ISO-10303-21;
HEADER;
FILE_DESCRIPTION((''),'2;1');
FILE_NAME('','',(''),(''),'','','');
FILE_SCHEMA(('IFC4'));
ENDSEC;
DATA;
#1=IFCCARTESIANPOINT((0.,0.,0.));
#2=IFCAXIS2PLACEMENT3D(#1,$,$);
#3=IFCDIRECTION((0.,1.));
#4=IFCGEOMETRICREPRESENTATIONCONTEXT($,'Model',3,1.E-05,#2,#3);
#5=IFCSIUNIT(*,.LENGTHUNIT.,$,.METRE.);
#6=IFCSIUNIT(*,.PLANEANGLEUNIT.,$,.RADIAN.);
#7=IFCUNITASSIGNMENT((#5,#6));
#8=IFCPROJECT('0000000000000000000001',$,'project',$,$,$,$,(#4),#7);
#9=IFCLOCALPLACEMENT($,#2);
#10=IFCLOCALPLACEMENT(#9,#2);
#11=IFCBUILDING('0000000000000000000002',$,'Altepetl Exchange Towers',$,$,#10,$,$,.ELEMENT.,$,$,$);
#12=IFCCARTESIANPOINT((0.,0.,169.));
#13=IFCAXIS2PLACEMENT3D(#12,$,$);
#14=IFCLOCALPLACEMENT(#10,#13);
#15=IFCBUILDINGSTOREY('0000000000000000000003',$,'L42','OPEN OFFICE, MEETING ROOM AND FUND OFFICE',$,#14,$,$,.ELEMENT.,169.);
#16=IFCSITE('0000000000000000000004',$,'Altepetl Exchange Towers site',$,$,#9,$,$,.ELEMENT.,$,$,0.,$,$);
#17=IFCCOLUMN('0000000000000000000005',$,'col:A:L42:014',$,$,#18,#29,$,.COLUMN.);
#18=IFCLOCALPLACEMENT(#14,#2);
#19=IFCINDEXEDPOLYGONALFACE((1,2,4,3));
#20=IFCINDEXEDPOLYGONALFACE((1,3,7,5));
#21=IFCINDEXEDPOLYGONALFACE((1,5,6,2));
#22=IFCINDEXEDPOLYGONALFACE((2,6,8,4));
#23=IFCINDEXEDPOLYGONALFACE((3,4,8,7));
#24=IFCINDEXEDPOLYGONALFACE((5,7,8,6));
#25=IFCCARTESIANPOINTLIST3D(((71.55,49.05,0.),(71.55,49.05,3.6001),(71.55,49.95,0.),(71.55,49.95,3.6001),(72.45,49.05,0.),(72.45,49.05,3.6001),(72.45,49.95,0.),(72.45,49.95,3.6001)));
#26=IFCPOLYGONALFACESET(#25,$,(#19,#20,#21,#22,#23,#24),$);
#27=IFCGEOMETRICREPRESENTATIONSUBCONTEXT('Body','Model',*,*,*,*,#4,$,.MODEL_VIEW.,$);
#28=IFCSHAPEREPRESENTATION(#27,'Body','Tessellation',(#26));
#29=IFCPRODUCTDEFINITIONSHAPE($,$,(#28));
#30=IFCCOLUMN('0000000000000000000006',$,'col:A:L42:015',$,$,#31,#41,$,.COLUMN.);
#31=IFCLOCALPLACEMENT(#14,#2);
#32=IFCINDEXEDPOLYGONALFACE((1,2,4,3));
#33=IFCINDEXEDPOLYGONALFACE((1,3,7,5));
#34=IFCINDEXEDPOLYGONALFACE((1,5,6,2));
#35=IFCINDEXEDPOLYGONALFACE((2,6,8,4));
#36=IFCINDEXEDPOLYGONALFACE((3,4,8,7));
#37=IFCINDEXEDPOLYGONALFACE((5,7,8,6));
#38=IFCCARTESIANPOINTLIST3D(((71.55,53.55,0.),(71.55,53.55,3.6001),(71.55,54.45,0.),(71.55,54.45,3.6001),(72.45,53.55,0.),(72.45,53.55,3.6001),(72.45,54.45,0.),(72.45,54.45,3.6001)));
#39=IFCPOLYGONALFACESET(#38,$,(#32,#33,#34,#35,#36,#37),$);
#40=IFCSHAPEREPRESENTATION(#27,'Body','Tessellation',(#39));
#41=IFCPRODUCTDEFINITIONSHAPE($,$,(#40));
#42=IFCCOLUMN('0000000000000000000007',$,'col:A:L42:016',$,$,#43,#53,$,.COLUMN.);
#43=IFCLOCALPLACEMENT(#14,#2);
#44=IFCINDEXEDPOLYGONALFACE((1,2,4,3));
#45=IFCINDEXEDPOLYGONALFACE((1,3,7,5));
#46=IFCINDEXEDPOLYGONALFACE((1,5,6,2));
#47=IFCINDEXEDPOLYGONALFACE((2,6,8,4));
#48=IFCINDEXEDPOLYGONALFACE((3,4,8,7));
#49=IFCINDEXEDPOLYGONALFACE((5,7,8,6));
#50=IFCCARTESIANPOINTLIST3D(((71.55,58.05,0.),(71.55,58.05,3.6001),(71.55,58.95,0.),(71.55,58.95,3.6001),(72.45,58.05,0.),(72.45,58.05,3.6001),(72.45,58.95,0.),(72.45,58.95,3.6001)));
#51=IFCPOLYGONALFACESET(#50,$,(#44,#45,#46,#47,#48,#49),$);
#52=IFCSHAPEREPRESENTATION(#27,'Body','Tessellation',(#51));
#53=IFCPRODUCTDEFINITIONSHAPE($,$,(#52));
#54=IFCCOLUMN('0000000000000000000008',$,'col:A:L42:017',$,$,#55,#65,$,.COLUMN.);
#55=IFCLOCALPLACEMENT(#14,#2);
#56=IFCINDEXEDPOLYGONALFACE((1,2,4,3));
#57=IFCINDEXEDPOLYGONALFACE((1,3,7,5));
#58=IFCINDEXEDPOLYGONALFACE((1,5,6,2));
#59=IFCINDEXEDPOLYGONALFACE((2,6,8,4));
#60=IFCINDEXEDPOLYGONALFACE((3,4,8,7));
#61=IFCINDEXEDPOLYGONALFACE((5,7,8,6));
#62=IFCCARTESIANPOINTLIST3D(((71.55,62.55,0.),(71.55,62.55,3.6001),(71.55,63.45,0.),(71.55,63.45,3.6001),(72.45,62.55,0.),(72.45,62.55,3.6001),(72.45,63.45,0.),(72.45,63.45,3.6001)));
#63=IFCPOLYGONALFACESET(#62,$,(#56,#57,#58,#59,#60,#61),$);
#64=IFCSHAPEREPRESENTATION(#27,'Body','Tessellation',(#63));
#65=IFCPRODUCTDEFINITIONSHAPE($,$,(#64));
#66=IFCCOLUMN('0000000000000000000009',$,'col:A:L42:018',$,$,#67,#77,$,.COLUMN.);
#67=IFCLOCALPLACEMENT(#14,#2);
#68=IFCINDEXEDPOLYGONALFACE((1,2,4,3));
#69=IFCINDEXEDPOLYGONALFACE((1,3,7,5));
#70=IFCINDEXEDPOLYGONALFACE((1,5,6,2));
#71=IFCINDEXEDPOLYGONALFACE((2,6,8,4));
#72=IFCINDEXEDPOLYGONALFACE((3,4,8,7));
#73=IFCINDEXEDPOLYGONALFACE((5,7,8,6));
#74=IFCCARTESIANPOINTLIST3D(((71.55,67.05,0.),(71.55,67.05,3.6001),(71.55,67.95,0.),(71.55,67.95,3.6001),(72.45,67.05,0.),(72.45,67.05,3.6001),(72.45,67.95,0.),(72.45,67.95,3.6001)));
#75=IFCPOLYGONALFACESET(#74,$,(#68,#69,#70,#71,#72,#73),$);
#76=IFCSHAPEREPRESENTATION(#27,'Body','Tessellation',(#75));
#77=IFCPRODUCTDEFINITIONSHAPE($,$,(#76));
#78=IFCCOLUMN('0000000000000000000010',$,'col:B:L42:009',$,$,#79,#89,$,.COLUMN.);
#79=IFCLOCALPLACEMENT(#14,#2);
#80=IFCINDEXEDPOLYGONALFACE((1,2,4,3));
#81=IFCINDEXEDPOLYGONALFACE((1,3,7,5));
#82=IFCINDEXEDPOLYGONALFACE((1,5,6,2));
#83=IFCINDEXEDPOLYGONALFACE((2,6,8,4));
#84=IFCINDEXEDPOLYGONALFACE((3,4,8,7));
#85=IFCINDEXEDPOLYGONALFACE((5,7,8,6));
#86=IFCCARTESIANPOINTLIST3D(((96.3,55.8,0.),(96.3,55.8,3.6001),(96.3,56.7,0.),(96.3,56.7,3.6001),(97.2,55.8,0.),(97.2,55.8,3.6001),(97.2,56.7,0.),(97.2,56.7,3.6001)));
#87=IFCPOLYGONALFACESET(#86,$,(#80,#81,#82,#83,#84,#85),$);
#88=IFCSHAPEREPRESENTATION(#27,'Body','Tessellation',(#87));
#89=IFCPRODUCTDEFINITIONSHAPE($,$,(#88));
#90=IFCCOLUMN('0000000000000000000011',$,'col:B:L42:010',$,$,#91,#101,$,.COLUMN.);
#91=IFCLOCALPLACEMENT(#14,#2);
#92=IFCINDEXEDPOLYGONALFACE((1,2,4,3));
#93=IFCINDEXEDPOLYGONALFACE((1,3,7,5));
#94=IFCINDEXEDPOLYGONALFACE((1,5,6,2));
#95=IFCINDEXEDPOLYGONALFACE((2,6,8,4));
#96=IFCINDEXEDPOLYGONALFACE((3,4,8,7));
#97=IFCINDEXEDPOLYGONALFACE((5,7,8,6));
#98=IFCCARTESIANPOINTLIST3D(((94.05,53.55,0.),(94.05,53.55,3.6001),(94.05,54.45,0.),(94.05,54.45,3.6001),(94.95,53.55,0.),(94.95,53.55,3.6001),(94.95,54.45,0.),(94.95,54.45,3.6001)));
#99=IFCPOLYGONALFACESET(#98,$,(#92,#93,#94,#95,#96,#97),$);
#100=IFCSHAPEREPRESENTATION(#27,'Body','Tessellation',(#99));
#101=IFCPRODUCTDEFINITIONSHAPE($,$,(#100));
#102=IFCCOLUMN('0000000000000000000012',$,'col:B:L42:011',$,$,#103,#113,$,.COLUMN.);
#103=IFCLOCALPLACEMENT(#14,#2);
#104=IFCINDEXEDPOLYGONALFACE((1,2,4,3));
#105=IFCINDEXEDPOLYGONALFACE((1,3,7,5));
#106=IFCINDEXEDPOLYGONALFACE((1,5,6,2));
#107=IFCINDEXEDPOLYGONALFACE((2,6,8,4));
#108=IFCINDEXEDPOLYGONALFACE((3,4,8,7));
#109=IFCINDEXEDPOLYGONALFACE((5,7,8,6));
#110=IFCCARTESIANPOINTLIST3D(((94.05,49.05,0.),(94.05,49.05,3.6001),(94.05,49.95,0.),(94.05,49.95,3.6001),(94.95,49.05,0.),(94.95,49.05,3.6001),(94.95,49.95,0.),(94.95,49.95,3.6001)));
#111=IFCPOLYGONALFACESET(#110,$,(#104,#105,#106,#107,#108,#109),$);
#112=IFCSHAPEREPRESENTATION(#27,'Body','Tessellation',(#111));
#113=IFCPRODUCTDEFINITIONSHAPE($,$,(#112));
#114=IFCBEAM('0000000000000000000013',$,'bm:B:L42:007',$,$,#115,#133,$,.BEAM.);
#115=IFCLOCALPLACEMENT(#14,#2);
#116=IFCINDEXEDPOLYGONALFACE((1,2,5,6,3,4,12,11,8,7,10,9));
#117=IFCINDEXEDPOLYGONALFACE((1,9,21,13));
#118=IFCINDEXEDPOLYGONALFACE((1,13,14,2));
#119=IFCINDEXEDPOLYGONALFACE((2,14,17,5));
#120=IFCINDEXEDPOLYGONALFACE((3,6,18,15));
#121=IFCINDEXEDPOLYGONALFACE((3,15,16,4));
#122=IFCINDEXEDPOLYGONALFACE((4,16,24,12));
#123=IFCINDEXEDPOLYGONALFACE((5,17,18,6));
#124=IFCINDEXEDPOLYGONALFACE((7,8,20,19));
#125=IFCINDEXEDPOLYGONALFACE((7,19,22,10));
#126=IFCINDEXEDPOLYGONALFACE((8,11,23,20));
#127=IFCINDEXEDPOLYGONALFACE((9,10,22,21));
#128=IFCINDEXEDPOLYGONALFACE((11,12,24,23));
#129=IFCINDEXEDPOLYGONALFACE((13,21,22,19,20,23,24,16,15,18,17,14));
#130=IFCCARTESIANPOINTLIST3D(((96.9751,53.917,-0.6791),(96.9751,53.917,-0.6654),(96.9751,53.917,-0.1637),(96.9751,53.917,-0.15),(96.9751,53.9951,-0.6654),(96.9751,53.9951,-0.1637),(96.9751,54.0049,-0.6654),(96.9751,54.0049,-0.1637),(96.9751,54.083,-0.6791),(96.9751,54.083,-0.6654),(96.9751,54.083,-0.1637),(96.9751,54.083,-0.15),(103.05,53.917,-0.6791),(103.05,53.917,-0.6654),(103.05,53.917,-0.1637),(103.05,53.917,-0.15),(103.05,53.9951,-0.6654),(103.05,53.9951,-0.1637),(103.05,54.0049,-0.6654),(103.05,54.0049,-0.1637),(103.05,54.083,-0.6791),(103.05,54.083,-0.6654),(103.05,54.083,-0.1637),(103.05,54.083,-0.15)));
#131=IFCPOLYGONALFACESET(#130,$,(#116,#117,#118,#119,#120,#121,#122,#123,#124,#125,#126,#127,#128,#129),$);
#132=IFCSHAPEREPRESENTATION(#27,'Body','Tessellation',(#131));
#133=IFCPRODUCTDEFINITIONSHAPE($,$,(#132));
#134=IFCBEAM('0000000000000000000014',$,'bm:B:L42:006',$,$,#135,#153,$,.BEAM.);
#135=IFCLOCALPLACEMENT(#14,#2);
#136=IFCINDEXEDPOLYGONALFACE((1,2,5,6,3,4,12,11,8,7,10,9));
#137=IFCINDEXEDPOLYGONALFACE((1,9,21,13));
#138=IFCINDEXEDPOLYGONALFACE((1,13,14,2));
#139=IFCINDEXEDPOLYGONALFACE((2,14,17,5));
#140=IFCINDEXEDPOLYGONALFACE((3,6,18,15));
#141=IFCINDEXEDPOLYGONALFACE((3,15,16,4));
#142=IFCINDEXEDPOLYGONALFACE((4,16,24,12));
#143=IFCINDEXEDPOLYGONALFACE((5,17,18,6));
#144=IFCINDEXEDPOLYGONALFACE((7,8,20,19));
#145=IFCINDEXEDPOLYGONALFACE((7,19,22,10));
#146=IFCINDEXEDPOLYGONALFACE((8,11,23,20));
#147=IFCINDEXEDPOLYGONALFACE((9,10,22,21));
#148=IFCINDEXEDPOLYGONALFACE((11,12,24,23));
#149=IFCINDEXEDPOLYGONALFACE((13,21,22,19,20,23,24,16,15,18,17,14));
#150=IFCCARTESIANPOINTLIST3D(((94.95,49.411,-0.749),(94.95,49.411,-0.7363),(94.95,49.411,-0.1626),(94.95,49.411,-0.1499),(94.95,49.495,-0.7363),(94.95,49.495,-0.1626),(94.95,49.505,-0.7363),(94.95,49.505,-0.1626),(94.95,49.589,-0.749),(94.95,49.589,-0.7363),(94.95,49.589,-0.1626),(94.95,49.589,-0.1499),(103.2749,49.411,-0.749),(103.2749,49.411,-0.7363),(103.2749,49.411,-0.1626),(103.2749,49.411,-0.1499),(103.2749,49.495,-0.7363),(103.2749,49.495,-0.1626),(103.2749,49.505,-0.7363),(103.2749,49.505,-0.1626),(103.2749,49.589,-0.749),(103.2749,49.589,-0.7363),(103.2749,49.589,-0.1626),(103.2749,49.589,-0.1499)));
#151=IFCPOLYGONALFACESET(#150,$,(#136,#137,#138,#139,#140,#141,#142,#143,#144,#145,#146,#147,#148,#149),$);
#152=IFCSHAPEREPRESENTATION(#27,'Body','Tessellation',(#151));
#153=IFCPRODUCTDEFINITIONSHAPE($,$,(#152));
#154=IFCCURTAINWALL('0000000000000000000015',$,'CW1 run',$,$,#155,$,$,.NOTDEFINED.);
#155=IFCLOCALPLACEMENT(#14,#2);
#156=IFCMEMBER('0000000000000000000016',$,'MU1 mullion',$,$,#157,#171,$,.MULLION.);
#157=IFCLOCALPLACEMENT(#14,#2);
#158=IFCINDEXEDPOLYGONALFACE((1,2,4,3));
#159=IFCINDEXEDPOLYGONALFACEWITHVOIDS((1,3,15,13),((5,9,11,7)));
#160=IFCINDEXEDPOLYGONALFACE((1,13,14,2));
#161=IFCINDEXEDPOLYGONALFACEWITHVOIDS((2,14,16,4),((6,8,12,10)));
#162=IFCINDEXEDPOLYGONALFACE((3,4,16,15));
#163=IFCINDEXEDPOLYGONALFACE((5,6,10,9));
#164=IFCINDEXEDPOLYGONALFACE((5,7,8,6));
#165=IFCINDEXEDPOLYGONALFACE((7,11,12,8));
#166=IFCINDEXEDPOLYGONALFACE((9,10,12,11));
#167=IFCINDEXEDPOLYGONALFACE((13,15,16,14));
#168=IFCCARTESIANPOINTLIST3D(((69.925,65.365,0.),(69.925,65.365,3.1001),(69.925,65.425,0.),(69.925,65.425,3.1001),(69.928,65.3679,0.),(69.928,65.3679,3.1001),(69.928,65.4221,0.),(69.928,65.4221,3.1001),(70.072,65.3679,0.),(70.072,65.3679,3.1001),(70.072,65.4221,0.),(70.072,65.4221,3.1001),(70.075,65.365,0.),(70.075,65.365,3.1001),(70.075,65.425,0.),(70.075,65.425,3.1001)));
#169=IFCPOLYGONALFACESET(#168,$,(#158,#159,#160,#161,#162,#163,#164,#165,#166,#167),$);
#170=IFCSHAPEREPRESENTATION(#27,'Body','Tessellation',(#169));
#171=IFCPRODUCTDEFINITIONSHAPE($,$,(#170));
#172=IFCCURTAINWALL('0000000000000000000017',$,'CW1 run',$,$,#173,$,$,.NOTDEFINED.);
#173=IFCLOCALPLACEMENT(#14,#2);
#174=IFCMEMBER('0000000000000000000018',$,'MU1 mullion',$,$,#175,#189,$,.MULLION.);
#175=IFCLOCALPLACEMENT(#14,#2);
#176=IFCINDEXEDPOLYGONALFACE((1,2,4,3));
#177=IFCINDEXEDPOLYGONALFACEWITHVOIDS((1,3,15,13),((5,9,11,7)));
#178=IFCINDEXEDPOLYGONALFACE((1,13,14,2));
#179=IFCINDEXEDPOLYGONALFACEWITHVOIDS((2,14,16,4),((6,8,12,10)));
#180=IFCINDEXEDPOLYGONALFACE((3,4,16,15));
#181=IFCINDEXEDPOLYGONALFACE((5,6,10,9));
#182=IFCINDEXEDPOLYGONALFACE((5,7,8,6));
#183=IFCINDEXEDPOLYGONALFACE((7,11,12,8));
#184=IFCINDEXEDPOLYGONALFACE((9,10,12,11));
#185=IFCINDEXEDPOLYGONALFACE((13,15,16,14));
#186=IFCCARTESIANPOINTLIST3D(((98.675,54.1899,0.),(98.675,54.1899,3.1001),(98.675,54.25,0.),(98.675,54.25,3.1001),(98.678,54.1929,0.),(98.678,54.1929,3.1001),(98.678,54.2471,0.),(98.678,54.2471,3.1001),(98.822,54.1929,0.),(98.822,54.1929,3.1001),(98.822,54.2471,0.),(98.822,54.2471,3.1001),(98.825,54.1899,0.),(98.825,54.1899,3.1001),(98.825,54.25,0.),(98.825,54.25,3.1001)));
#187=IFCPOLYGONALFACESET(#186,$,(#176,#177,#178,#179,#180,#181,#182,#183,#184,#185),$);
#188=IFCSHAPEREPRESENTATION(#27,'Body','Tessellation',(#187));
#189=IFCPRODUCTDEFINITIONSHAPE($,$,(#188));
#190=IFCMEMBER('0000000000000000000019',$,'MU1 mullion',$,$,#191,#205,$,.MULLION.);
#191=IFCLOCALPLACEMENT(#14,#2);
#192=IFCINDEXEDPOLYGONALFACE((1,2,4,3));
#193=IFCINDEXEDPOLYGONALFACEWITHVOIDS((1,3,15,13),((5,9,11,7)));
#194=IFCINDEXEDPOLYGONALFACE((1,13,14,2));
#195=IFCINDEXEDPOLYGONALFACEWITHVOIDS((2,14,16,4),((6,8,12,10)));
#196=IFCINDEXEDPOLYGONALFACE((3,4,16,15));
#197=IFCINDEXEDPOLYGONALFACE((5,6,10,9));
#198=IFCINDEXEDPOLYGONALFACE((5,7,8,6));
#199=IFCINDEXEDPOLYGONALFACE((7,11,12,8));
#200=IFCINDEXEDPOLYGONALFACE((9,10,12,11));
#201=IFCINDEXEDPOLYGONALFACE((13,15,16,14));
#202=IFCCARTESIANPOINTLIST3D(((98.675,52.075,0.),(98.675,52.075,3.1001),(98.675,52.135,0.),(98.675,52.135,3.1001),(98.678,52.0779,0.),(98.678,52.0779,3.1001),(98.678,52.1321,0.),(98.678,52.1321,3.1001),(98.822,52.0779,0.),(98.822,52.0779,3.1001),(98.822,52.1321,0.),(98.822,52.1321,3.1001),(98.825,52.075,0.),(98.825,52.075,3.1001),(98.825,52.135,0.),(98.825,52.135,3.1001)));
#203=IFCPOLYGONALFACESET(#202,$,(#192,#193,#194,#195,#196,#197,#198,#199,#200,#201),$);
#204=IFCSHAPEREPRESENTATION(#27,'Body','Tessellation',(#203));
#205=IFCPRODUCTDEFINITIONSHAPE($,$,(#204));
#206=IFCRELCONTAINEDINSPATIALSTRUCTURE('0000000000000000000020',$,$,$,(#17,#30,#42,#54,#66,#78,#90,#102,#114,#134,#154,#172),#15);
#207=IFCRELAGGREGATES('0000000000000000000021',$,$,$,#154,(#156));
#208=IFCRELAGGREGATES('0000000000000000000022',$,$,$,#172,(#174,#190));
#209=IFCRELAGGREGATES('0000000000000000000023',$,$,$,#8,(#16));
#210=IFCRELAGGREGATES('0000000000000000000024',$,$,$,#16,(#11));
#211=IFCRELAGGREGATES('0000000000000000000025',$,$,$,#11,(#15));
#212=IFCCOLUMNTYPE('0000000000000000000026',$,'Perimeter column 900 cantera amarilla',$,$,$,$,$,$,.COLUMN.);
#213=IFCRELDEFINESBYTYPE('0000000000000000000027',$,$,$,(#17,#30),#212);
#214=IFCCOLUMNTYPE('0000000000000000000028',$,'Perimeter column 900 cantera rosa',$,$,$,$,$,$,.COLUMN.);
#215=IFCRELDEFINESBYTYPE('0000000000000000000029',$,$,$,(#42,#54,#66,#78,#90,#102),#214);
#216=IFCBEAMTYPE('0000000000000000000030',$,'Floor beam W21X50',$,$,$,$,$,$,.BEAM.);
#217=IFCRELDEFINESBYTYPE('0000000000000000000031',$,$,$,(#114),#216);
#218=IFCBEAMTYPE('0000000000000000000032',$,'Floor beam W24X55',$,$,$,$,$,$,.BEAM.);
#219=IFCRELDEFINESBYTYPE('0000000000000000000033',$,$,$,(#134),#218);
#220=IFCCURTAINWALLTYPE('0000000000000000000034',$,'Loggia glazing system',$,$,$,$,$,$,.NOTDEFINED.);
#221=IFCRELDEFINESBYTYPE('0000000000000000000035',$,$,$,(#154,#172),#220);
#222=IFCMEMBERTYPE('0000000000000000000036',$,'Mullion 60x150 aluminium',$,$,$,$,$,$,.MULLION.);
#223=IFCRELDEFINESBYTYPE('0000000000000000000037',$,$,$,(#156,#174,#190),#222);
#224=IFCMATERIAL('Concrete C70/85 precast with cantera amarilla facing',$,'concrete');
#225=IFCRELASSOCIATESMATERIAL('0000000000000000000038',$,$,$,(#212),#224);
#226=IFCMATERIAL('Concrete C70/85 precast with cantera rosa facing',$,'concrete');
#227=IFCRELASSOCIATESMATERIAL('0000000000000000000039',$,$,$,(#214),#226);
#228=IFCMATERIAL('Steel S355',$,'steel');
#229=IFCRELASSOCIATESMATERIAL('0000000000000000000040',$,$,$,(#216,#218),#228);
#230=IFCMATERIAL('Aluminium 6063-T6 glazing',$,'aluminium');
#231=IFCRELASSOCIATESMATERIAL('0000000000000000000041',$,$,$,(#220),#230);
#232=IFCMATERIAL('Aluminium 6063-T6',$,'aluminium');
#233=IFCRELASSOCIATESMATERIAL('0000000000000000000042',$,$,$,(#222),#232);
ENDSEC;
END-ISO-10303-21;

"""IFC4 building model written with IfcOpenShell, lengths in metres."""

from ifc_helpers import new_model, si_unit, direction, frame, origin, origin_2d, place, context, subcontext, project, spatial, rectangle, hollow_rectangle, i_section, extrude, material, material_profile, profile_set, type_object, element, aggregate, save


model = new_model("IFC4")

# Units and contexts
model_context = context("Model", 3, precision=1e-05, world=origin(), true_north=direction((0.0, 1.0)))
body_context = subcontext(model_context, "Body", "Model", "MODEL_VIEW")
ifc_project = project(units=[si_unit("LENGTHUNIT", "METRE"), si_unit("PLANEANGLEUNIT", "RADIAN")], contexts=[model_context])

# Site, building, storey
site_placement = place(None, origin())
site = spatial("IfcSite", under=ifc_project, at=site_placement, Name="Altepetl Exchange Towers site", CompositionType="ELEMENT", RefElevation=0.0)
building_placement = place(site_placement, origin())
building = spatial("IfcBuilding", under=site, at=building_placement, Name="Altepetl Exchange Towers", CompositionType="ELEMENT")
storey_placement = place(building_placement, frame((0.0, 0.0, 169.0)))
storey = spatial("IfcBuildingStorey", under=building, at=storey_placement, Name="L42", Description="OPEN OFFICE, MEETING ROOM AND FUND OFFICE", CompositionType="ELEMENT", Elevation=169.0)

# Columns
ifc_material_1 = material(Name="Concrete C70/85 precast with cantera amarilla facing", Category="concrete")
ifc_material_profile_1 = material_profile(ifc_material_1, rectangle(XDim=0.8999, YDim=0.8999, at=origin_2d()), Name="900 x 900")
ifc_profile_set_1 = profile_set([ifc_material_profile_1], Name="Concrete C70/85 precast with cantera amarilla facing")
column_type_1 = type_object("IfcColumnType", Name="Perimeter column 900 cantera amarilla", PredefinedType="COLUMN", material=ifc_profile_set_1)
for number, where, name in (
    (1, (72.0, 49.5, 0.0), "col:A:L42:014"),
    (2, (72.0, 54.0, 0.0), "col:A:L42:015"),
):
    element("IfcColumn", number, at=place(storey_placement, frame(where)), inside=storey, type_object=column_type_1, Name=name, PredefinedType="COLUMN", context=body_context, shape_type="SweptSolid", body=[
        extrude(rectangle(XDim=0.8999, YDim=0.8999, at=origin_2d()), origin(), (0.0, 0.0, 1.0), 3.6001),
    ])
ifc_material_2 = material(Name="Concrete C70/85 precast with cantera rosa facing", Category="concrete")
ifc_material_profile_2 = material_profile(ifc_material_2, rectangle(XDim=0.8999, YDim=0.8999, at=origin_2d()), Name="900 x 900")
ifc_profile_set_2 = profile_set([ifc_material_profile_2], Name="Concrete C70/85 precast with cantera rosa facing")
column_type_2 = type_object("IfcColumnType", Name="Perimeter column 900 cantera rosa", PredefinedType="COLUMN", material=ifc_profile_set_2)
for number, where, name in (
    (3, (72.0, 58.5, 0.0), "col:A:L42:016"),
    (4, (72.0, 63.0, 0.0), "col:A:L42:017"),
    (5, (72.0, 67.5, 0.0), "col:A:L42:018"),
    (6, (96.75, 56.25, 0.0), "col:B:L42:009"),
    (7, (94.5, 54.0, 0.0), "col:B:L42:010"),
    (8, (94.5, 49.5, 0.0), "col:B:L42:011"),
):
    element("IfcColumn", number, at=place(storey_placement, frame(where)), inside=storey, type_object=column_type_2, Name=name, PredefinedType="COLUMN", context=body_context, shape_type="SweptSolid", body=[
        extrude(rectangle(XDim=0.8999, YDim=0.8999, at=origin_2d()), origin(), (0.0, 0.0, 1.0), 3.6001),
    ])

# Beams
ifc_material_3 = material(Name="Steel S355", Category="steel")
ifc_material_profile_3 = material_profile(ifc_material_3, i_section(OverallWidth=0.166, OverallDepth=0.5291, WebThickness=0.0098, FlangeThickness=0.0137, at=origin_2d()), Name="W21X50")
ifc_profile_set_3 = profile_set([ifc_material_profile_3], Name="Steel S355")
beam_type_1 = type_object("IfcBeamType", Name="Floor beam W21X50", PredefinedType="BEAM", material=ifc_profile_set_3)
beam_1_placement = place(storey_placement, frame((96.9751, 54.0, -0.4146), z_axis=(1.0, 0.0, 0.0), x_axis=(0.0, 1.0, 0.0)))
element("IfcBeam", 9, at=beam_1_placement, inside=storey, type_object=beam_type_1, Name="bm:B:L42:007", PredefinedType="BEAM", context=body_context, shape_type="SweptSolid", body=[
    extrude(i_section(OverallWidth=0.166, OverallDepth=0.5291, WebThickness=0.0098, FlangeThickness=0.0137, at=origin_2d()), origin(), (0.0, 0.0, 1.0), 6.075),
])
ifc_material_profile_4 = material_profile(ifc_material_3, i_section(OverallWidth=0.178, OverallDepth=0.5991, WebThickness=0.01, FlangeThickness=0.0127, at=origin_2d()), Name="W24X55")
ifc_profile_set_4 = profile_set([ifc_material_profile_4], Name="Steel S355")
beam_type_2 = type_object("IfcBeamType", Name="Floor beam W24X55", PredefinedType="BEAM", material=ifc_profile_set_4)
beam_2_placement = place(storey_placement, frame((94.95, 49.5, -0.4495), z_axis=(1.0, 0.0, 0.0), x_axis=(0.0, 1.0, 0.0)))
element("IfcBeam", 10, at=beam_2_placement, inside=storey, type_object=beam_type_2, Name="bm:B:L42:006", PredefinedType="BEAM", context=body_context, shape_type="SweptSolid", body=[
    extrude(i_section(OverallWidth=0.178, OverallDepth=0.5991, WebThickness=0.01, FlangeThickness=0.0127, at=origin_2d()), origin(), (0.0, 0.0, 1.0), 8.325),
])

# Curtain wall, member
ifc_material_4 = material(Name="Aluminium 6063-T6 glazing", Category="aluminium")
curtain_wall_type = type_object("IfcCurtainWallType", Name="Loggia glazing system", PredefinedType="NOTDEFINED", material=ifc_material_4)
curtain_wall_1_placement = place(storey_placement, origin())
curtain_wall_1 = element("IfcCurtainWall", 11, at=curtain_wall_1_placement, inside=storey, type_object=curtain_wall_type, Name="CW1 run", PredefinedType="NOTDEFINED")
ifc_material_5 = material(Name="Aluminium 6063-T6", Category="aluminium")
ifc_material_profile_5 = material_profile(ifc_material_5, hollow_rectangle(XDim=0.0601, YDim=0.1499, WallThickness=0.0029, at=origin_2d()), Name="Mullion 60x150 aluminium")
ifc_profile_set_5 = profile_set([ifc_material_profile_5], Name="Aluminium 6063-T6")
member_type = type_object("IfcMemberType", Name="Mullion 60x150 aluminium", PredefinedType="MULLION", material=ifc_profile_set_5)
member_1_placement = place(storey_placement, frame((70.0, 65.395, 0.0), z_axis=(0.0, 0.0, 1.0), x_axis=(0.0, 1.0, 0.0)))
member_1 = element("IfcMember", 12, at=member_1_placement, type_object=member_type, Name="MU1 mullion", PredefinedType="MULLION", context=body_context, shape_type="SweptSolid", body=[
    extrude(hollow_rectangle(XDim=0.0601, YDim=0.1499, WallThickness=0.0029, at=origin_2d()), origin(), (0.0, 0.0, 1.0), 3.1001),
])
aggregate(curtain_wall_1, [member_1])

# Curtain wall, members
curtain_wall_2_placement = place(storey_placement, origin())
curtain_wall_2 = element("IfcCurtainWall", 13, at=curtain_wall_2_placement, inside=storey, type_object=curtain_wall_type, Name="CW1 run", PredefinedType="NOTDEFINED")
member_2_placement = place(storey_placement, frame((98.75, 54.22, 0.0), z_axis=(0.0, 0.0, 1.0), x_axis=(0.0, -1.0, 0.0)))
member_2 = element("IfcMember", 14, at=member_2_placement, type_object=member_type, Name="MU1 mullion", PredefinedType="MULLION", context=body_context, shape_type="SweptSolid", body=[
    extrude(hollow_rectangle(XDim=0.0601, YDim=0.1499, WallThickness=0.0029, at=origin_2d()), origin(), (0.0, 0.0, 1.0), 3.1001),
])
member_3_placement = place(storey_placement, frame((98.75, 52.105, 0.0), z_axis=(0.0, 0.0, 1.0), x_axis=(0.0, -1.0, 0.0)))
member_3 = element("IfcMember", 15, at=member_3_placement, type_object=member_type, Name="MU1 mullion", PredefinedType="MULLION", context=body_context, shape_type="SweptSolid", body=[
    extrude(hollow_rectangle(XDim=0.0601, YDim=0.1499, WallThickness=0.0029, at=origin_2d()), origin(), (0.0, 0.0, 1.0), 3.1001),
])
aggregate(curtain_wall_2, [member_2, member_3])

save(model, "model.ifc")
